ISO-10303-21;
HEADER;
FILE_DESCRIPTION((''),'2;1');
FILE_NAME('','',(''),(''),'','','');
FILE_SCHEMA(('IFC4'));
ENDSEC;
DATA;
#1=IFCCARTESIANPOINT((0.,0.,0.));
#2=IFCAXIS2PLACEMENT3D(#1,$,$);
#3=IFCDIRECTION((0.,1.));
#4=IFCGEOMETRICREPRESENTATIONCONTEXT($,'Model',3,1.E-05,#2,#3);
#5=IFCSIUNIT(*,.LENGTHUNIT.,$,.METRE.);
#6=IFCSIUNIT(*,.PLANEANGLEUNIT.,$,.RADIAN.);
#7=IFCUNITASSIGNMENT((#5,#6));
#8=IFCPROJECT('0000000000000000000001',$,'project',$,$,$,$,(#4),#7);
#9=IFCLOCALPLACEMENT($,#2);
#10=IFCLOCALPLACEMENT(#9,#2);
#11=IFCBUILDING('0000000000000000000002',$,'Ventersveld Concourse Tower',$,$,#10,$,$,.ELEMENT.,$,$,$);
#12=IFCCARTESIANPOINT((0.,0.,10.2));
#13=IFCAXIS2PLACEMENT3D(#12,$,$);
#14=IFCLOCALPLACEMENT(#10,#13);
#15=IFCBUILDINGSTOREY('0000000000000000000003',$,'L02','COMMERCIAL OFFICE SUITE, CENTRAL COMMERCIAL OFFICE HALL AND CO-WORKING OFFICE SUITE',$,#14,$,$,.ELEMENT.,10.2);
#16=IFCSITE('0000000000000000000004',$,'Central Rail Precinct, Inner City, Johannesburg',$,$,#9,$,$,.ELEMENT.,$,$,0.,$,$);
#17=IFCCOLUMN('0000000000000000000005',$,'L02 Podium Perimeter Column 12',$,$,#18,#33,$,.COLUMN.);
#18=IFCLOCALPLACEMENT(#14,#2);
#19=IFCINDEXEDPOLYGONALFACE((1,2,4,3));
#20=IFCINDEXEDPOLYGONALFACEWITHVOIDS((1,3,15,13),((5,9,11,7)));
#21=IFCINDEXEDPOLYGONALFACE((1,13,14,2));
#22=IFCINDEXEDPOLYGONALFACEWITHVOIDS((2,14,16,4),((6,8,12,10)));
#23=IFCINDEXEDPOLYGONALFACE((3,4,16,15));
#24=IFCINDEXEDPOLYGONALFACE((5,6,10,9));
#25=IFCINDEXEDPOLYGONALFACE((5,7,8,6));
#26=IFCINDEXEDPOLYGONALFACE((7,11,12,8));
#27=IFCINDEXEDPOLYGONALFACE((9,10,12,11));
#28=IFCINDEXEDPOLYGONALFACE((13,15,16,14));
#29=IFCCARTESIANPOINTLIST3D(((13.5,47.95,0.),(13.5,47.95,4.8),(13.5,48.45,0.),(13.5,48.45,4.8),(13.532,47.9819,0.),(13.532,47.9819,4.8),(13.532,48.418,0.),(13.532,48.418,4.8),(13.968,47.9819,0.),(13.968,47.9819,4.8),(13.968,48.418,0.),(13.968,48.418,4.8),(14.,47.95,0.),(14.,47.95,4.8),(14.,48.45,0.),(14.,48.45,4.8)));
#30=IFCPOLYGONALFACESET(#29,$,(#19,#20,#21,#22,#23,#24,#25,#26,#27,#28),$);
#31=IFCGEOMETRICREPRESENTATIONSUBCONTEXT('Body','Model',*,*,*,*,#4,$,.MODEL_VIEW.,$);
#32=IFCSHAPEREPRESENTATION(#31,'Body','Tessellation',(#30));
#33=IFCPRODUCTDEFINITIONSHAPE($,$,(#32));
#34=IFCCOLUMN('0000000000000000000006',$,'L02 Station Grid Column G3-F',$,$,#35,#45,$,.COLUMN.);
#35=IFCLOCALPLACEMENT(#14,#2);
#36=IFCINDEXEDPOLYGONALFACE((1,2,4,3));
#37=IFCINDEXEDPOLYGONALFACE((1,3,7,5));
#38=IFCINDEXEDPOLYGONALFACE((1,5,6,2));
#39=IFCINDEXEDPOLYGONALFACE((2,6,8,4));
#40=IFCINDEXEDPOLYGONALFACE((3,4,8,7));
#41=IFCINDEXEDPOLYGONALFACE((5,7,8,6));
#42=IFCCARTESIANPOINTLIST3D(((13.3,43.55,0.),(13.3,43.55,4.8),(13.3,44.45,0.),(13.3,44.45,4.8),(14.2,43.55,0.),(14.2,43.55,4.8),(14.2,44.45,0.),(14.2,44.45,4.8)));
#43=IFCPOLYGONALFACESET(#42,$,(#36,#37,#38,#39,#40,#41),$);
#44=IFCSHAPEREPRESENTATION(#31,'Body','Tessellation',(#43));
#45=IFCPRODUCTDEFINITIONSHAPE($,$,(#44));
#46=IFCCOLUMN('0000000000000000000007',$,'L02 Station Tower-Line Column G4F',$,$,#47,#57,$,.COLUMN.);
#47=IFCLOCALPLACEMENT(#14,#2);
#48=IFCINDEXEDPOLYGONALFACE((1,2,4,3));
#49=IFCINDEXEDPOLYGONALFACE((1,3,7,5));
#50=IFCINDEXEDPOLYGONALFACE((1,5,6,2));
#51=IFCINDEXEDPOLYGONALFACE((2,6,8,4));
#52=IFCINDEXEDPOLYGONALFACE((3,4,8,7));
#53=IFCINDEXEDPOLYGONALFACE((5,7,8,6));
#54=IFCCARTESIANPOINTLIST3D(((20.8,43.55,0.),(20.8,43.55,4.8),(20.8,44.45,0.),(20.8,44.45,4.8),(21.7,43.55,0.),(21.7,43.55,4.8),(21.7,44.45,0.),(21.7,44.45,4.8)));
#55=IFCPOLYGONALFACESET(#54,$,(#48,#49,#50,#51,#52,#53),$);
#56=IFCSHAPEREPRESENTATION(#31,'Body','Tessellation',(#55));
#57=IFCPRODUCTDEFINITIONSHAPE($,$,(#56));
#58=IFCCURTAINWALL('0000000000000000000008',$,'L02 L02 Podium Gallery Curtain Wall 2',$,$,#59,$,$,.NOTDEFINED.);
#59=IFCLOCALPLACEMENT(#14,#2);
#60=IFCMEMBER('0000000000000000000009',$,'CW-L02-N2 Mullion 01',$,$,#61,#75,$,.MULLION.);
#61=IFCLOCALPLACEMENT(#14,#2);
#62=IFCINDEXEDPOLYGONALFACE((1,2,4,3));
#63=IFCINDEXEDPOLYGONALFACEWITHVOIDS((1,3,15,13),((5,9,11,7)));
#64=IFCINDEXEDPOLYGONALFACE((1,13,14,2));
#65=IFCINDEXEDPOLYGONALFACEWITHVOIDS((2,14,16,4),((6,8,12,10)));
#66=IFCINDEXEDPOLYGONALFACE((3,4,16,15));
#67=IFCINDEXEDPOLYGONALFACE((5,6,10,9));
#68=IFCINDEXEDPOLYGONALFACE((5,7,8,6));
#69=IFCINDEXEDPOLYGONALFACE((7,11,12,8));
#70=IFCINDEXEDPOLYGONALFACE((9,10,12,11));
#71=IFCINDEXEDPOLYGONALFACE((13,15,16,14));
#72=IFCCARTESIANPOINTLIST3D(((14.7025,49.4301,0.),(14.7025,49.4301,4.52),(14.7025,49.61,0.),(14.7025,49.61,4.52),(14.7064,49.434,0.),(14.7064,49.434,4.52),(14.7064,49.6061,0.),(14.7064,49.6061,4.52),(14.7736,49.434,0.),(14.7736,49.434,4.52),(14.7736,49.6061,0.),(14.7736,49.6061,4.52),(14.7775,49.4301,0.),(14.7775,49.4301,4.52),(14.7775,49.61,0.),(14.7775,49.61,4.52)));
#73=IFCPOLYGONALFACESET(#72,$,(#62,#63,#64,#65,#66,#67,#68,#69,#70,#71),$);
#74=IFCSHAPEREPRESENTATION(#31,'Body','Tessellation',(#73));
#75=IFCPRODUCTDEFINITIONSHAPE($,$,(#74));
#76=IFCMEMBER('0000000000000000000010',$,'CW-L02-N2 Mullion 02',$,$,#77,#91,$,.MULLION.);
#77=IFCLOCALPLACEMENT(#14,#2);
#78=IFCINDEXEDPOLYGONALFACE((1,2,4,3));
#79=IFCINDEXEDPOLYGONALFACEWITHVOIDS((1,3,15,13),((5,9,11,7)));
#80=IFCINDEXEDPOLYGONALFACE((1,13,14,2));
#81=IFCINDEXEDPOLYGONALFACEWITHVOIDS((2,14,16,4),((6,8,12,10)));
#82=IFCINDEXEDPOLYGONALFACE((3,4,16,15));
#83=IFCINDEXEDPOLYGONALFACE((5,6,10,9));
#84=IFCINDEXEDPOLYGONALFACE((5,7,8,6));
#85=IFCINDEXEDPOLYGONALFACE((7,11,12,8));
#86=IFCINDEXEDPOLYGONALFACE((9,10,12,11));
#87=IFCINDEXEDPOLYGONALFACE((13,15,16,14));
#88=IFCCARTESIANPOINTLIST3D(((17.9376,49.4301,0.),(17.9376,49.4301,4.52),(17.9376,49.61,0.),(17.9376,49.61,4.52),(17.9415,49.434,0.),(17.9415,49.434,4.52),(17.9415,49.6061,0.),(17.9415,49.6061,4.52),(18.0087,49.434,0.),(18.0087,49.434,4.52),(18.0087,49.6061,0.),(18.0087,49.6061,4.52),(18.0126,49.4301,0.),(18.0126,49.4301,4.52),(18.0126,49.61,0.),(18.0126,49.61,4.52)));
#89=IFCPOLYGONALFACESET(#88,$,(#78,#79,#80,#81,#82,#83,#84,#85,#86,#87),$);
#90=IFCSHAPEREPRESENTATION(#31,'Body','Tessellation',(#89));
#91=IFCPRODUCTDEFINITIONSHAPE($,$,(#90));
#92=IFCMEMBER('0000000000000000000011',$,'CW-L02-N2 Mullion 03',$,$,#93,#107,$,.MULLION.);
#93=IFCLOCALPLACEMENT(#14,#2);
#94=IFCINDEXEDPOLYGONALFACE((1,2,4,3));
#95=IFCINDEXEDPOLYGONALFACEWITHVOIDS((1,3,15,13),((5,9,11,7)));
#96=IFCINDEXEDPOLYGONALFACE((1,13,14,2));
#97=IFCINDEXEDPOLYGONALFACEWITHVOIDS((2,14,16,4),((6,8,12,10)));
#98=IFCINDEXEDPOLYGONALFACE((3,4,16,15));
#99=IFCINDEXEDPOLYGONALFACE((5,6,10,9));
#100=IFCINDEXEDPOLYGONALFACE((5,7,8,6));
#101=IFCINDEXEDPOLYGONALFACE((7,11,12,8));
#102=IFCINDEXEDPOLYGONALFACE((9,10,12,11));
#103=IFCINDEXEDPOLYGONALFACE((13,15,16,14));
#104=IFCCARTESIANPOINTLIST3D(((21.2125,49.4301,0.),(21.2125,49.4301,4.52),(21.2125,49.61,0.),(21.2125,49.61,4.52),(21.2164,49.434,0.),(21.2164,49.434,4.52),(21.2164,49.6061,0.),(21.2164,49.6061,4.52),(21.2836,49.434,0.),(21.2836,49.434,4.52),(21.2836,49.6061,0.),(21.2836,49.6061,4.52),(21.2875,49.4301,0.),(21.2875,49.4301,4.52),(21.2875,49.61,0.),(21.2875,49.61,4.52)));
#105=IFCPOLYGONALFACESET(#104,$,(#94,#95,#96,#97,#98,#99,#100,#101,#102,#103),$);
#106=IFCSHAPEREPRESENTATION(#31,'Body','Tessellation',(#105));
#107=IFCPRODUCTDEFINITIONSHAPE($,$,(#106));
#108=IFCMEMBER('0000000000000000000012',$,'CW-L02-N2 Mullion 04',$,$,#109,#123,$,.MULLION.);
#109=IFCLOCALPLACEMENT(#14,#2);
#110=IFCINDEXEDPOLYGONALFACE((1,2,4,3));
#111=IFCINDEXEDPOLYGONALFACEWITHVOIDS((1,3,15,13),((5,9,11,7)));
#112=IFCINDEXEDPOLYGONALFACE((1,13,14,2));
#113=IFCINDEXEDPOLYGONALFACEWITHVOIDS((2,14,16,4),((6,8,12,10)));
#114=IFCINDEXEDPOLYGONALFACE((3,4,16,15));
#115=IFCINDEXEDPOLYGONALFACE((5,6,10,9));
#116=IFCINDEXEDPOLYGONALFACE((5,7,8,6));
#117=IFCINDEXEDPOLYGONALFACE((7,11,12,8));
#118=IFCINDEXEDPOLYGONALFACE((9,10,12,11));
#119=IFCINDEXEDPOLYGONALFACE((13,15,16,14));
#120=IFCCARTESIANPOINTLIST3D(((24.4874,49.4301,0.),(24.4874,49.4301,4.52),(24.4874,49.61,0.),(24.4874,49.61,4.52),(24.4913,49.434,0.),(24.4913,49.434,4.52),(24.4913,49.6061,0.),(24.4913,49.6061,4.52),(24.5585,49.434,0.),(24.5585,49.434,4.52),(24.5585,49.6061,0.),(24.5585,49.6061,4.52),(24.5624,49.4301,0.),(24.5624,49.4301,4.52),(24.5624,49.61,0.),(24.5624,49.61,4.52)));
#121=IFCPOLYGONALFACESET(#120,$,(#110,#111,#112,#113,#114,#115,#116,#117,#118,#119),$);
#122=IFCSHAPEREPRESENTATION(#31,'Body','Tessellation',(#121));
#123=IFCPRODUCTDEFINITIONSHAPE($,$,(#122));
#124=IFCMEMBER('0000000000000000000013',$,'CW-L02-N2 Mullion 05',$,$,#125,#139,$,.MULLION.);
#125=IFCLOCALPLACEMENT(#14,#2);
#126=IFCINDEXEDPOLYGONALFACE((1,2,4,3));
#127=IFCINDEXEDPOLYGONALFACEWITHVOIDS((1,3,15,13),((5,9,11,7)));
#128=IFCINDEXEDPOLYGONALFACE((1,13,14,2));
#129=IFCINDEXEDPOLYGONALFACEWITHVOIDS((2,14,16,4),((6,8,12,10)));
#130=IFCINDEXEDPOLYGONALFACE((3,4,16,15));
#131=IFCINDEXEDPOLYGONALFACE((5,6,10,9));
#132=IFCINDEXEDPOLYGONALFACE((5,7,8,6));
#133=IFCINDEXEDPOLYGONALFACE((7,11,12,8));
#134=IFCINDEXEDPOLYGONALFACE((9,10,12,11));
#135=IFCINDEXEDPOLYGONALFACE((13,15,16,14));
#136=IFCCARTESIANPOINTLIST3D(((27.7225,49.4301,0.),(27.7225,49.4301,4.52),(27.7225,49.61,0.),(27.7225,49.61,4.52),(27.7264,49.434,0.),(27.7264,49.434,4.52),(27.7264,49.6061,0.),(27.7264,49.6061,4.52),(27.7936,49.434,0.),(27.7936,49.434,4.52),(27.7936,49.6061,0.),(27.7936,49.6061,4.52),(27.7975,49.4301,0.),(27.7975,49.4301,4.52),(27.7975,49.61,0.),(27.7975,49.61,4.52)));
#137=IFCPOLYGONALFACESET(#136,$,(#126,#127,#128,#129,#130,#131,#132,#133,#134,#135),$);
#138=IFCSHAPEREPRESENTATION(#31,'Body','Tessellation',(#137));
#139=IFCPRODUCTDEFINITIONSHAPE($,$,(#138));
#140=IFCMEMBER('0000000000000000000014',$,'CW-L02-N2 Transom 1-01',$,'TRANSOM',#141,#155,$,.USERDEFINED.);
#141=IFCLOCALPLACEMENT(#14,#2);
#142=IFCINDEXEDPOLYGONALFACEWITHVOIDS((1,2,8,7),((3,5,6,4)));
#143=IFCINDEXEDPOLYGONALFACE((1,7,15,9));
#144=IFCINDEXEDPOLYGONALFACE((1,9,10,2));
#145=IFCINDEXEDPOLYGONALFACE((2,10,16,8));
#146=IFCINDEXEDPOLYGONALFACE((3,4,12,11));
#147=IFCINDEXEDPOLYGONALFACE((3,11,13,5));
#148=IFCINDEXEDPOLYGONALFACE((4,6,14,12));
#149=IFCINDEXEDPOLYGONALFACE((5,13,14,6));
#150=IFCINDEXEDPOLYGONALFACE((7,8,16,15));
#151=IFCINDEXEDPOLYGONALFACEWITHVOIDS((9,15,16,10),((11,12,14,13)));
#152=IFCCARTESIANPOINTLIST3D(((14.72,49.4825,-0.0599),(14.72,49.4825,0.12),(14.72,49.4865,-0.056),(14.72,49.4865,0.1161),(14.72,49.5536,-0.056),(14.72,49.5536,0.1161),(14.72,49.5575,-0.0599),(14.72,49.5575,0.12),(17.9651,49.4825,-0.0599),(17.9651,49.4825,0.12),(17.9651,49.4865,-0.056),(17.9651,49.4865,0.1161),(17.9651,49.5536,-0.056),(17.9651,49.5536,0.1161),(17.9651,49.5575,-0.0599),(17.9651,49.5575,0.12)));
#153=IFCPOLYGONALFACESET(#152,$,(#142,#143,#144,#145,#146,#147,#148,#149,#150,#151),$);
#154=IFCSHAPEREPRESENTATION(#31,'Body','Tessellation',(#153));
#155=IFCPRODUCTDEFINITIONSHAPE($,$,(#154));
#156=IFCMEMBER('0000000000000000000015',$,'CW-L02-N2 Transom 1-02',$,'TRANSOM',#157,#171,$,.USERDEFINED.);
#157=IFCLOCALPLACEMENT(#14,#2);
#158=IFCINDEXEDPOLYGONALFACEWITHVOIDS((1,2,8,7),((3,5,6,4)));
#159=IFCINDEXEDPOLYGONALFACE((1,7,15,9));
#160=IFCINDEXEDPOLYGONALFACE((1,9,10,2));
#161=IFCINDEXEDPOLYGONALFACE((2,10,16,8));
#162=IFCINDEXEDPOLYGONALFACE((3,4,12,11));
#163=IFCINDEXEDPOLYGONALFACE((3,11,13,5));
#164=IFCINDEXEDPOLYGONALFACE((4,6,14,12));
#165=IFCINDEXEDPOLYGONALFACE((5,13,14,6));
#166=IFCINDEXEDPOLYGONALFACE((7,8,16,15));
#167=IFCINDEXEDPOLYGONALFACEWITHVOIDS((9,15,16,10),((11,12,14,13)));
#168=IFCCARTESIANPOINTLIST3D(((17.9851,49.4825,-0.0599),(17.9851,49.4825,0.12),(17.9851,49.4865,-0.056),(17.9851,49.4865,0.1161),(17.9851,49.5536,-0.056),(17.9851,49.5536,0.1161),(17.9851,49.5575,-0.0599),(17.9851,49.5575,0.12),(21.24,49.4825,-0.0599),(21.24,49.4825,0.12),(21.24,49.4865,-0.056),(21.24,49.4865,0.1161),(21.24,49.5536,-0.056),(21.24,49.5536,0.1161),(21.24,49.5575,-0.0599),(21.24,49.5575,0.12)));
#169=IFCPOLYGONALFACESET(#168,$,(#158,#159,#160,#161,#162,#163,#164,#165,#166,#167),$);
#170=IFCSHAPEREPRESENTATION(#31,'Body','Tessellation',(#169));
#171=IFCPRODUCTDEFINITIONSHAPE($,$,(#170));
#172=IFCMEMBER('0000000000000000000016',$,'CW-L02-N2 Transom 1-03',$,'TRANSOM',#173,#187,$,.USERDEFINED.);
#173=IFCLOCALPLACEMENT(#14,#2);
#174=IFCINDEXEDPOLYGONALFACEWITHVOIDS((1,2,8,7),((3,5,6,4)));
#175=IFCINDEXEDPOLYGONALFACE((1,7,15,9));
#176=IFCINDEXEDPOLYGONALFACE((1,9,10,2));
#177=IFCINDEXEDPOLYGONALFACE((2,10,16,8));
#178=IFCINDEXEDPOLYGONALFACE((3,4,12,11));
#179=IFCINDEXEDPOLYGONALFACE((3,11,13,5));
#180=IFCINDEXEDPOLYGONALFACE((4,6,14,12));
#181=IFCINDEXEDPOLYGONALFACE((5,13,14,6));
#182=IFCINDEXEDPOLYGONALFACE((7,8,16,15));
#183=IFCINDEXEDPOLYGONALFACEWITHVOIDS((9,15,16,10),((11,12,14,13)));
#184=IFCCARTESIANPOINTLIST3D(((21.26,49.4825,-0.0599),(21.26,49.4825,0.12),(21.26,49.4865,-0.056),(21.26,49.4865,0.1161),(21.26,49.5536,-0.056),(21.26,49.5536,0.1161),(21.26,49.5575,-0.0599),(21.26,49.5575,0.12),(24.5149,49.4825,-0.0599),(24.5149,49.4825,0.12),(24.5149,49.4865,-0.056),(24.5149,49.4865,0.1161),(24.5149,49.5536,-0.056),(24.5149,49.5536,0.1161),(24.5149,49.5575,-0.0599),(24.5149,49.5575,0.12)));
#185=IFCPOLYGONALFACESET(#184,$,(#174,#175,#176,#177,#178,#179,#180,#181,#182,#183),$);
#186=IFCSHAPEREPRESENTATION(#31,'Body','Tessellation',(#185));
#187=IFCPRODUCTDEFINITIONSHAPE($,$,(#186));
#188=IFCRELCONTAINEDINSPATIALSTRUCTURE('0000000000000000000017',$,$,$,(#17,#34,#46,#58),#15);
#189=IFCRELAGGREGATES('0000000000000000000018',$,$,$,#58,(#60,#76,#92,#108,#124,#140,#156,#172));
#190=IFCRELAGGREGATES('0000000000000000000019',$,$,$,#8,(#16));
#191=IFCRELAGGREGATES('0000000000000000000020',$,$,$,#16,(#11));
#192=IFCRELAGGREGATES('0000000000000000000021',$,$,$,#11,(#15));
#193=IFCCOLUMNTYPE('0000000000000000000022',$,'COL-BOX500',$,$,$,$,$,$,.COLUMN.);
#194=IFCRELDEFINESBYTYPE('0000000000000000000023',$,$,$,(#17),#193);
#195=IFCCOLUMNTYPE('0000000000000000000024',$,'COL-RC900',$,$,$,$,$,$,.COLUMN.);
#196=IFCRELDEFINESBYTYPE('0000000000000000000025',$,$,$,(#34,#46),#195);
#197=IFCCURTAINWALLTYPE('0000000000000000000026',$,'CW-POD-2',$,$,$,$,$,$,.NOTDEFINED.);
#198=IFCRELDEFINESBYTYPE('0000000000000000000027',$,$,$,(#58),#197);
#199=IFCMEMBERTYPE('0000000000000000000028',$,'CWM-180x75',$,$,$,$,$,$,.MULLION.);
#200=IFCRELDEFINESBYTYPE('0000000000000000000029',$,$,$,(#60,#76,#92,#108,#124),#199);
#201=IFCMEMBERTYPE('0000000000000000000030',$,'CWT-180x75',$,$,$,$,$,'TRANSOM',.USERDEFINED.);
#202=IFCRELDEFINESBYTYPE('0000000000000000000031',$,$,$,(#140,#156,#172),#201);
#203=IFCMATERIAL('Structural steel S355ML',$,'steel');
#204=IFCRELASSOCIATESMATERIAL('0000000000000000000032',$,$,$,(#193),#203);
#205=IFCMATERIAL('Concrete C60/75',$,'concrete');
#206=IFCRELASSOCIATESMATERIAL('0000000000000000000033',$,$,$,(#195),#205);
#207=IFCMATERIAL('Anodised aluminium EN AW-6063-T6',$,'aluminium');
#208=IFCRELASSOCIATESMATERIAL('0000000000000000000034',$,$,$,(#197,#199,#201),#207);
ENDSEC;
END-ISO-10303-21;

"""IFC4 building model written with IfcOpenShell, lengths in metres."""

from ifc_helpers import new_model, si_unit, direction, frame, origin, origin_2d, place, context, subcontext, project, spatial, rectangle, hollow_rectangle, extrude, material, material_profile, profile_set, type_object, element, aggregate, save


model = new_model("IFC4")

# Units and contexts
model_context = context("Model", 3, precision=1e-05, world=origin(), true_north=direction((0.0, 1.0)))
body_context = subcontext(model_context, "Body", "Model", "MODEL_VIEW")
ifc_project = project(units=[si_unit("LENGTHUNIT", "METRE"), si_unit("PLANEANGLEUNIT", "RADIAN")], contexts=[model_context])

# Site, building, storey
site_placement = place(None, origin())
site = spatial("IfcSite", under=ifc_project, at=site_placement, Name="Central Rail Precinct, Inner City, Johannesburg", CompositionType="ELEMENT", RefElevation=0.0)
building_placement = place(site_placement, origin())
building = spatial("IfcBuilding", under=site, at=building_placement, Name="Ventersveld Concourse Tower", CompositionType="ELEMENT")
storey_placement = place(building_placement, frame((0.0, 0.0, 10.2)))
storey = spatial("IfcBuildingStorey", under=building, at=storey_placement, Name="L02", Description="COMMERCIAL OFFICE SUITE, CENTRAL COMMERCIAL OFFICE HALL AND CO-WORKING OFFICE SUITE", CompositionType="ELEMENT", Elevation=10.2)

# Columns
ifc_material_1 = material(Name="Structural steel S355ML", Category="steel")
ifc_material_profile_1 = material_profile(ifc_material_1, hollow_rectangle(XDim=0.5, YDim=0.5, WallThickness=0.032, at=origin_2d()), Name="BOX 500x500x32")
ifc_profile_set_1 = profile_set([ifc_material_profile_1], Name="Structural steel S355ML")
column_type_1 = type_object("IfcColumnType", Name="COL-BOX500", PredefinedType="COLUMN", material=ifc_profile_set_1)
column_placement = place(storey_placement, frame((13.75, 48.2, 0.0), z_axis=(0.0, 0.0, 1.0), x_axis=(1.0, 0.0, 0.0)))
element("IfcColumn", 1, at=column_placement, inside=storey, type_object=column_type_1, Name="L02 Podium Perimeter Column 12", PredefinedType="COLUMN", context=body_context, shape_type="SweptSolid", body=[
    extrude(hollow_rectangle(XDim=0.5, YDim=0.5, WallThickness=0.032, at=origin_2d()), origin(), (0.0, 0.0, 1.0), 4.8),
])
ifc_material_2 = material(Name="Concrete C60/75", Category="concrete")
ifc_material_profile_2 = material_profile(ifc_material_2, rectangle(XDim=0.8999, YDim=0.8999, at=origin_2d()), Name="RC 900x900")
ifc_profile_set_2 = profile_set([ifc_material_profile_2], Name="Concrete C60/75")
column_type_2 = type_object("IfcColumnType", Name="COL-RC900", PredefinedType="COLUMN", material=ifc_profile_set_2)
for number, where, z_axis, x_axis, name in (
    (2, (13.75, 44.0, 0.0), (0.0, 0.0, 1.0), (1.0, 0.0, 0.0), "L02 Station Grid Column G3-F"),
    (3, (21.25, 44.0, 0.0), (0.0, 0.0, 1.0), (1.0, 0.0, 0.0), "L02 Station Tower-Line Column G4F"),
):
    element("IfcColumn", number, at=place(storey_placement, frame(where, z_axis=z_axis, x_axis=x_axis)), inside=storey, type_object=column_type_2, Name=name, PredefinedType="COLUMN", context=body_context, shape_type="SweptSolid", body=[
        extrude(rectangle(XDim=0.8999, YDim=0.8999, at=origin_2d()), origin(), (0.0, 0.0, 1.0), 4.8),
    ])

# Curtain wall, members
ifc_material_3 = material(Name="Anodised aluminium EN AW-6063-T6", Category="aluminium")
curtain_wall_type = type_object("IfcCurtainWallType", Name="CW-POD-2", PredefinedType="NOTDEFINED", material=ifc_material_3)
curtain_wall_placement = place(storey_placement, origin())
curtain_wall = element("IfcCurtainWall", 4, at=curtain_wall_placement, inside=storey, type_object=curtain_wall_type, Name="L02 L02 Podium Gallery Curtain Wall 2", PredefinedType="NOTDEFINED")
ifc_material_profile_3 = material_profile(ifc_material_3, hollow_rectangle(XDim=0.075, YDim=0.1799, WallThickness=0.0039, at=origin_2d()), Name="ALU 180x75x4")
ifc_profile_set_3 = profile_set([ifc_material_profile_3], Name="Anodised aluminium EN AW-6063-T6")
member_type_1 = type_object("IfcMemberType", Name="CWM-180x75", PredefinedType="MULLION", material=ifc_profile_set_3)
member_1_placement = place(storey_placement, frame((14.74, 49.52, 0.0), z_axis=(0.0, 0.0, 1.0), x_axis=(1.0, 0.0, 0.0)))
member_1 = element("IfcMember", 5, at=member_1_placement, type_object=member_type_1, Name="CW-L02-N2 Mullion 01", PredefinedType="MULLION", context=body_context, shape_type="SweptSolid", body=[
    extrude(hollow_rectangle(XDim=0.075, YDim=0.1799, WallThickness=0.0039, at=origin_2d()), origin(), (0.0, 0.0, 1.0), 4.52),
])
member_2_placement = place(storey_placement, frame((17.9751, 49.52, 0.0), z_axis=(0.0, 0.0, 1.0), x_axis=(1.0, 0.0, 0.0)))
member_2 = element("IfcMember", 6, at=member_2_placement, type_object=member_type_1, Name="CW-L02-N2 Mullion 02", PredefinedType="MULLION", context=body_context, shape_type="SweptSolid", body=[
    extrude(hollow_rectangle(XDim=0.075, YDim=0.1799, WallThickness=0.0039, at=origin_2d()), origin(), (0.0, 0.0, 1.0), 4.52),
])
member_3_placement = place(storey_placement, frame((21.25, 49.52, 0.0), z_axis=(0.0, 0.0, 1.0), x_axis=(1.0, 0.0, 0.0)))
member_3 = element("IfcMember", 7, at=member_3_placement, type_object=member_type_1, Name="CW-L02-N2 Mullion 03", PredefinedType="MULLION", context=body_context, shape_type="SweptSolid", body=[
    extrude(hollow_rectangle(XDim=0.075, YDim=0.1799, WallThickness=0.0039, at=origin_2d()), origin(), (0.0, 0.0, 1.0), 4.52),
])
member_4_placement = place(storey_placement, frame((24.5249, 49.52, 0.0), z_axis=(0.0, 0.0, 1.0), x_axis=(1.0, 0.0, 0.0)))
member_4 = element("IfcMember", 8, at=member_4_placement, type_object=member_type_1, Name="CW-L02-N2 Mullion 04", PredefinedType="MULLION", context=body_context, shape_type="SweptSolid", body=[
    extrude(hollow_rectangle(XDim=0.075, YDim=0.1799, WallThickness=0.0039, at=origin_2d()), origin(), (0.0, 0.0, 1.0), 4.52),
])
member_5_placement = place(storey_placement, frame((27.76, 49.52, 0.0), z_axis=(0.0, 0.0, 1.0), x_axis=(1.0, 0.0, 0.0)))
member_5 = element("IfcMember", 9, at=member_5_placement, type_object=member_type_1, Name="CW-L02-N2 Mullion 05", PredefinedType="MULLION", context=body_context, shape_type="SweptSolid", body=[
    extrude(hollow_rectangle(XDim=0.075, YDim=0.1799, WallThickness=0.0039, at=origin_2d()), origin(), (0.0, 0.0, 1.0), 4.52),
])
ifc_material_profile_4 = material_profile(ifc_material_3, hollow_rectangle(XDim=0.075, YDim=0.1799, WallThickness=0.0039, at=origin_2d()), Name="ALU 180x75x4")
ifc_profile_set_4 = profile_set([ifc_material_profile_4], Name="Anodised aluminium EN AW-6063-T6")
member_type_2 = type_object("IfcMemberType", Name="CWT-180x75", ElementType="TRANSOM", PredefinedType="USERDEFINED", material=ifc_profile_set_4)
member_6_placement = place(storey_placement, frame((14.72, 49.52, 0.03), z_axis=(1.0, 0.0, 0.0), x_axis=(0.0, 1.0, 0.0)))
member_6 = element("IfcMember", 10, at=member_6_placement, type_object=member_type_2, Name="CW-L02-N2 Transom 1-01", ObjectType="TRANSOM", PredefinedType="USERDEFINED", context=body_context, shape_type="SweptSolid", body=[
    extrude(hollow_rectangle(XDim=0.075, YDim=0.1799, WallThickness=0.0039, at=origin_2d()), origin(), (0.0, 0.0, 1.0), 3.2451),
])
member_7_placement = place(storey_placement, frame((17.9851, 49.52, 0.03), z_axis=(1.0, 0.0, 0.0), x_axis=(0.0, 1.0, 0.0)))
member_7 = element("IfcMember", 11, at=member_7_placement, type_object=member_type_2, Name="CW-L02-N2 Transom 1-02", ObjectType="TRANSOM", PredefinedType="USERDEFINED", context=body_context, shape_type="SweptSolid", body=[
    extrude(hollow_rectangle(XDim=0.075, YDim=0.1799, WallThickness=0.0039, at=origin_2d()), origin(), (0.0, 0.0, 1.0), 3.2549),
])
member_8_placement = place(storey_placement, frame((21.26, 49.52, 0.03), z_axis=(1.0, 0.0, 0.0), x_axis=(0.0, 1.0, 0.0)))
member_8 = element("IfcMember", 12, at=member_8_placement, type_object=member_type_2, Name="CW-L02-N2 Transom 1-03", ObjectType="TRANSOM", PredefinedType="USERDEFINED", context=body_context, shape_type="SweptSolid", body=[
    extrude(hollow_rectangle(XDim=0.075, YDim=0.1799, WallThickness=0.0039, at=origin_2d()), origin(), (0.0, 0.0, 1.0), 3.2549),
])

aggregate(curtain_wall, [member_1, member_2, member_3, member_4, member_5, member_6, member_7, member_8])

save(model, "model.ifc")
